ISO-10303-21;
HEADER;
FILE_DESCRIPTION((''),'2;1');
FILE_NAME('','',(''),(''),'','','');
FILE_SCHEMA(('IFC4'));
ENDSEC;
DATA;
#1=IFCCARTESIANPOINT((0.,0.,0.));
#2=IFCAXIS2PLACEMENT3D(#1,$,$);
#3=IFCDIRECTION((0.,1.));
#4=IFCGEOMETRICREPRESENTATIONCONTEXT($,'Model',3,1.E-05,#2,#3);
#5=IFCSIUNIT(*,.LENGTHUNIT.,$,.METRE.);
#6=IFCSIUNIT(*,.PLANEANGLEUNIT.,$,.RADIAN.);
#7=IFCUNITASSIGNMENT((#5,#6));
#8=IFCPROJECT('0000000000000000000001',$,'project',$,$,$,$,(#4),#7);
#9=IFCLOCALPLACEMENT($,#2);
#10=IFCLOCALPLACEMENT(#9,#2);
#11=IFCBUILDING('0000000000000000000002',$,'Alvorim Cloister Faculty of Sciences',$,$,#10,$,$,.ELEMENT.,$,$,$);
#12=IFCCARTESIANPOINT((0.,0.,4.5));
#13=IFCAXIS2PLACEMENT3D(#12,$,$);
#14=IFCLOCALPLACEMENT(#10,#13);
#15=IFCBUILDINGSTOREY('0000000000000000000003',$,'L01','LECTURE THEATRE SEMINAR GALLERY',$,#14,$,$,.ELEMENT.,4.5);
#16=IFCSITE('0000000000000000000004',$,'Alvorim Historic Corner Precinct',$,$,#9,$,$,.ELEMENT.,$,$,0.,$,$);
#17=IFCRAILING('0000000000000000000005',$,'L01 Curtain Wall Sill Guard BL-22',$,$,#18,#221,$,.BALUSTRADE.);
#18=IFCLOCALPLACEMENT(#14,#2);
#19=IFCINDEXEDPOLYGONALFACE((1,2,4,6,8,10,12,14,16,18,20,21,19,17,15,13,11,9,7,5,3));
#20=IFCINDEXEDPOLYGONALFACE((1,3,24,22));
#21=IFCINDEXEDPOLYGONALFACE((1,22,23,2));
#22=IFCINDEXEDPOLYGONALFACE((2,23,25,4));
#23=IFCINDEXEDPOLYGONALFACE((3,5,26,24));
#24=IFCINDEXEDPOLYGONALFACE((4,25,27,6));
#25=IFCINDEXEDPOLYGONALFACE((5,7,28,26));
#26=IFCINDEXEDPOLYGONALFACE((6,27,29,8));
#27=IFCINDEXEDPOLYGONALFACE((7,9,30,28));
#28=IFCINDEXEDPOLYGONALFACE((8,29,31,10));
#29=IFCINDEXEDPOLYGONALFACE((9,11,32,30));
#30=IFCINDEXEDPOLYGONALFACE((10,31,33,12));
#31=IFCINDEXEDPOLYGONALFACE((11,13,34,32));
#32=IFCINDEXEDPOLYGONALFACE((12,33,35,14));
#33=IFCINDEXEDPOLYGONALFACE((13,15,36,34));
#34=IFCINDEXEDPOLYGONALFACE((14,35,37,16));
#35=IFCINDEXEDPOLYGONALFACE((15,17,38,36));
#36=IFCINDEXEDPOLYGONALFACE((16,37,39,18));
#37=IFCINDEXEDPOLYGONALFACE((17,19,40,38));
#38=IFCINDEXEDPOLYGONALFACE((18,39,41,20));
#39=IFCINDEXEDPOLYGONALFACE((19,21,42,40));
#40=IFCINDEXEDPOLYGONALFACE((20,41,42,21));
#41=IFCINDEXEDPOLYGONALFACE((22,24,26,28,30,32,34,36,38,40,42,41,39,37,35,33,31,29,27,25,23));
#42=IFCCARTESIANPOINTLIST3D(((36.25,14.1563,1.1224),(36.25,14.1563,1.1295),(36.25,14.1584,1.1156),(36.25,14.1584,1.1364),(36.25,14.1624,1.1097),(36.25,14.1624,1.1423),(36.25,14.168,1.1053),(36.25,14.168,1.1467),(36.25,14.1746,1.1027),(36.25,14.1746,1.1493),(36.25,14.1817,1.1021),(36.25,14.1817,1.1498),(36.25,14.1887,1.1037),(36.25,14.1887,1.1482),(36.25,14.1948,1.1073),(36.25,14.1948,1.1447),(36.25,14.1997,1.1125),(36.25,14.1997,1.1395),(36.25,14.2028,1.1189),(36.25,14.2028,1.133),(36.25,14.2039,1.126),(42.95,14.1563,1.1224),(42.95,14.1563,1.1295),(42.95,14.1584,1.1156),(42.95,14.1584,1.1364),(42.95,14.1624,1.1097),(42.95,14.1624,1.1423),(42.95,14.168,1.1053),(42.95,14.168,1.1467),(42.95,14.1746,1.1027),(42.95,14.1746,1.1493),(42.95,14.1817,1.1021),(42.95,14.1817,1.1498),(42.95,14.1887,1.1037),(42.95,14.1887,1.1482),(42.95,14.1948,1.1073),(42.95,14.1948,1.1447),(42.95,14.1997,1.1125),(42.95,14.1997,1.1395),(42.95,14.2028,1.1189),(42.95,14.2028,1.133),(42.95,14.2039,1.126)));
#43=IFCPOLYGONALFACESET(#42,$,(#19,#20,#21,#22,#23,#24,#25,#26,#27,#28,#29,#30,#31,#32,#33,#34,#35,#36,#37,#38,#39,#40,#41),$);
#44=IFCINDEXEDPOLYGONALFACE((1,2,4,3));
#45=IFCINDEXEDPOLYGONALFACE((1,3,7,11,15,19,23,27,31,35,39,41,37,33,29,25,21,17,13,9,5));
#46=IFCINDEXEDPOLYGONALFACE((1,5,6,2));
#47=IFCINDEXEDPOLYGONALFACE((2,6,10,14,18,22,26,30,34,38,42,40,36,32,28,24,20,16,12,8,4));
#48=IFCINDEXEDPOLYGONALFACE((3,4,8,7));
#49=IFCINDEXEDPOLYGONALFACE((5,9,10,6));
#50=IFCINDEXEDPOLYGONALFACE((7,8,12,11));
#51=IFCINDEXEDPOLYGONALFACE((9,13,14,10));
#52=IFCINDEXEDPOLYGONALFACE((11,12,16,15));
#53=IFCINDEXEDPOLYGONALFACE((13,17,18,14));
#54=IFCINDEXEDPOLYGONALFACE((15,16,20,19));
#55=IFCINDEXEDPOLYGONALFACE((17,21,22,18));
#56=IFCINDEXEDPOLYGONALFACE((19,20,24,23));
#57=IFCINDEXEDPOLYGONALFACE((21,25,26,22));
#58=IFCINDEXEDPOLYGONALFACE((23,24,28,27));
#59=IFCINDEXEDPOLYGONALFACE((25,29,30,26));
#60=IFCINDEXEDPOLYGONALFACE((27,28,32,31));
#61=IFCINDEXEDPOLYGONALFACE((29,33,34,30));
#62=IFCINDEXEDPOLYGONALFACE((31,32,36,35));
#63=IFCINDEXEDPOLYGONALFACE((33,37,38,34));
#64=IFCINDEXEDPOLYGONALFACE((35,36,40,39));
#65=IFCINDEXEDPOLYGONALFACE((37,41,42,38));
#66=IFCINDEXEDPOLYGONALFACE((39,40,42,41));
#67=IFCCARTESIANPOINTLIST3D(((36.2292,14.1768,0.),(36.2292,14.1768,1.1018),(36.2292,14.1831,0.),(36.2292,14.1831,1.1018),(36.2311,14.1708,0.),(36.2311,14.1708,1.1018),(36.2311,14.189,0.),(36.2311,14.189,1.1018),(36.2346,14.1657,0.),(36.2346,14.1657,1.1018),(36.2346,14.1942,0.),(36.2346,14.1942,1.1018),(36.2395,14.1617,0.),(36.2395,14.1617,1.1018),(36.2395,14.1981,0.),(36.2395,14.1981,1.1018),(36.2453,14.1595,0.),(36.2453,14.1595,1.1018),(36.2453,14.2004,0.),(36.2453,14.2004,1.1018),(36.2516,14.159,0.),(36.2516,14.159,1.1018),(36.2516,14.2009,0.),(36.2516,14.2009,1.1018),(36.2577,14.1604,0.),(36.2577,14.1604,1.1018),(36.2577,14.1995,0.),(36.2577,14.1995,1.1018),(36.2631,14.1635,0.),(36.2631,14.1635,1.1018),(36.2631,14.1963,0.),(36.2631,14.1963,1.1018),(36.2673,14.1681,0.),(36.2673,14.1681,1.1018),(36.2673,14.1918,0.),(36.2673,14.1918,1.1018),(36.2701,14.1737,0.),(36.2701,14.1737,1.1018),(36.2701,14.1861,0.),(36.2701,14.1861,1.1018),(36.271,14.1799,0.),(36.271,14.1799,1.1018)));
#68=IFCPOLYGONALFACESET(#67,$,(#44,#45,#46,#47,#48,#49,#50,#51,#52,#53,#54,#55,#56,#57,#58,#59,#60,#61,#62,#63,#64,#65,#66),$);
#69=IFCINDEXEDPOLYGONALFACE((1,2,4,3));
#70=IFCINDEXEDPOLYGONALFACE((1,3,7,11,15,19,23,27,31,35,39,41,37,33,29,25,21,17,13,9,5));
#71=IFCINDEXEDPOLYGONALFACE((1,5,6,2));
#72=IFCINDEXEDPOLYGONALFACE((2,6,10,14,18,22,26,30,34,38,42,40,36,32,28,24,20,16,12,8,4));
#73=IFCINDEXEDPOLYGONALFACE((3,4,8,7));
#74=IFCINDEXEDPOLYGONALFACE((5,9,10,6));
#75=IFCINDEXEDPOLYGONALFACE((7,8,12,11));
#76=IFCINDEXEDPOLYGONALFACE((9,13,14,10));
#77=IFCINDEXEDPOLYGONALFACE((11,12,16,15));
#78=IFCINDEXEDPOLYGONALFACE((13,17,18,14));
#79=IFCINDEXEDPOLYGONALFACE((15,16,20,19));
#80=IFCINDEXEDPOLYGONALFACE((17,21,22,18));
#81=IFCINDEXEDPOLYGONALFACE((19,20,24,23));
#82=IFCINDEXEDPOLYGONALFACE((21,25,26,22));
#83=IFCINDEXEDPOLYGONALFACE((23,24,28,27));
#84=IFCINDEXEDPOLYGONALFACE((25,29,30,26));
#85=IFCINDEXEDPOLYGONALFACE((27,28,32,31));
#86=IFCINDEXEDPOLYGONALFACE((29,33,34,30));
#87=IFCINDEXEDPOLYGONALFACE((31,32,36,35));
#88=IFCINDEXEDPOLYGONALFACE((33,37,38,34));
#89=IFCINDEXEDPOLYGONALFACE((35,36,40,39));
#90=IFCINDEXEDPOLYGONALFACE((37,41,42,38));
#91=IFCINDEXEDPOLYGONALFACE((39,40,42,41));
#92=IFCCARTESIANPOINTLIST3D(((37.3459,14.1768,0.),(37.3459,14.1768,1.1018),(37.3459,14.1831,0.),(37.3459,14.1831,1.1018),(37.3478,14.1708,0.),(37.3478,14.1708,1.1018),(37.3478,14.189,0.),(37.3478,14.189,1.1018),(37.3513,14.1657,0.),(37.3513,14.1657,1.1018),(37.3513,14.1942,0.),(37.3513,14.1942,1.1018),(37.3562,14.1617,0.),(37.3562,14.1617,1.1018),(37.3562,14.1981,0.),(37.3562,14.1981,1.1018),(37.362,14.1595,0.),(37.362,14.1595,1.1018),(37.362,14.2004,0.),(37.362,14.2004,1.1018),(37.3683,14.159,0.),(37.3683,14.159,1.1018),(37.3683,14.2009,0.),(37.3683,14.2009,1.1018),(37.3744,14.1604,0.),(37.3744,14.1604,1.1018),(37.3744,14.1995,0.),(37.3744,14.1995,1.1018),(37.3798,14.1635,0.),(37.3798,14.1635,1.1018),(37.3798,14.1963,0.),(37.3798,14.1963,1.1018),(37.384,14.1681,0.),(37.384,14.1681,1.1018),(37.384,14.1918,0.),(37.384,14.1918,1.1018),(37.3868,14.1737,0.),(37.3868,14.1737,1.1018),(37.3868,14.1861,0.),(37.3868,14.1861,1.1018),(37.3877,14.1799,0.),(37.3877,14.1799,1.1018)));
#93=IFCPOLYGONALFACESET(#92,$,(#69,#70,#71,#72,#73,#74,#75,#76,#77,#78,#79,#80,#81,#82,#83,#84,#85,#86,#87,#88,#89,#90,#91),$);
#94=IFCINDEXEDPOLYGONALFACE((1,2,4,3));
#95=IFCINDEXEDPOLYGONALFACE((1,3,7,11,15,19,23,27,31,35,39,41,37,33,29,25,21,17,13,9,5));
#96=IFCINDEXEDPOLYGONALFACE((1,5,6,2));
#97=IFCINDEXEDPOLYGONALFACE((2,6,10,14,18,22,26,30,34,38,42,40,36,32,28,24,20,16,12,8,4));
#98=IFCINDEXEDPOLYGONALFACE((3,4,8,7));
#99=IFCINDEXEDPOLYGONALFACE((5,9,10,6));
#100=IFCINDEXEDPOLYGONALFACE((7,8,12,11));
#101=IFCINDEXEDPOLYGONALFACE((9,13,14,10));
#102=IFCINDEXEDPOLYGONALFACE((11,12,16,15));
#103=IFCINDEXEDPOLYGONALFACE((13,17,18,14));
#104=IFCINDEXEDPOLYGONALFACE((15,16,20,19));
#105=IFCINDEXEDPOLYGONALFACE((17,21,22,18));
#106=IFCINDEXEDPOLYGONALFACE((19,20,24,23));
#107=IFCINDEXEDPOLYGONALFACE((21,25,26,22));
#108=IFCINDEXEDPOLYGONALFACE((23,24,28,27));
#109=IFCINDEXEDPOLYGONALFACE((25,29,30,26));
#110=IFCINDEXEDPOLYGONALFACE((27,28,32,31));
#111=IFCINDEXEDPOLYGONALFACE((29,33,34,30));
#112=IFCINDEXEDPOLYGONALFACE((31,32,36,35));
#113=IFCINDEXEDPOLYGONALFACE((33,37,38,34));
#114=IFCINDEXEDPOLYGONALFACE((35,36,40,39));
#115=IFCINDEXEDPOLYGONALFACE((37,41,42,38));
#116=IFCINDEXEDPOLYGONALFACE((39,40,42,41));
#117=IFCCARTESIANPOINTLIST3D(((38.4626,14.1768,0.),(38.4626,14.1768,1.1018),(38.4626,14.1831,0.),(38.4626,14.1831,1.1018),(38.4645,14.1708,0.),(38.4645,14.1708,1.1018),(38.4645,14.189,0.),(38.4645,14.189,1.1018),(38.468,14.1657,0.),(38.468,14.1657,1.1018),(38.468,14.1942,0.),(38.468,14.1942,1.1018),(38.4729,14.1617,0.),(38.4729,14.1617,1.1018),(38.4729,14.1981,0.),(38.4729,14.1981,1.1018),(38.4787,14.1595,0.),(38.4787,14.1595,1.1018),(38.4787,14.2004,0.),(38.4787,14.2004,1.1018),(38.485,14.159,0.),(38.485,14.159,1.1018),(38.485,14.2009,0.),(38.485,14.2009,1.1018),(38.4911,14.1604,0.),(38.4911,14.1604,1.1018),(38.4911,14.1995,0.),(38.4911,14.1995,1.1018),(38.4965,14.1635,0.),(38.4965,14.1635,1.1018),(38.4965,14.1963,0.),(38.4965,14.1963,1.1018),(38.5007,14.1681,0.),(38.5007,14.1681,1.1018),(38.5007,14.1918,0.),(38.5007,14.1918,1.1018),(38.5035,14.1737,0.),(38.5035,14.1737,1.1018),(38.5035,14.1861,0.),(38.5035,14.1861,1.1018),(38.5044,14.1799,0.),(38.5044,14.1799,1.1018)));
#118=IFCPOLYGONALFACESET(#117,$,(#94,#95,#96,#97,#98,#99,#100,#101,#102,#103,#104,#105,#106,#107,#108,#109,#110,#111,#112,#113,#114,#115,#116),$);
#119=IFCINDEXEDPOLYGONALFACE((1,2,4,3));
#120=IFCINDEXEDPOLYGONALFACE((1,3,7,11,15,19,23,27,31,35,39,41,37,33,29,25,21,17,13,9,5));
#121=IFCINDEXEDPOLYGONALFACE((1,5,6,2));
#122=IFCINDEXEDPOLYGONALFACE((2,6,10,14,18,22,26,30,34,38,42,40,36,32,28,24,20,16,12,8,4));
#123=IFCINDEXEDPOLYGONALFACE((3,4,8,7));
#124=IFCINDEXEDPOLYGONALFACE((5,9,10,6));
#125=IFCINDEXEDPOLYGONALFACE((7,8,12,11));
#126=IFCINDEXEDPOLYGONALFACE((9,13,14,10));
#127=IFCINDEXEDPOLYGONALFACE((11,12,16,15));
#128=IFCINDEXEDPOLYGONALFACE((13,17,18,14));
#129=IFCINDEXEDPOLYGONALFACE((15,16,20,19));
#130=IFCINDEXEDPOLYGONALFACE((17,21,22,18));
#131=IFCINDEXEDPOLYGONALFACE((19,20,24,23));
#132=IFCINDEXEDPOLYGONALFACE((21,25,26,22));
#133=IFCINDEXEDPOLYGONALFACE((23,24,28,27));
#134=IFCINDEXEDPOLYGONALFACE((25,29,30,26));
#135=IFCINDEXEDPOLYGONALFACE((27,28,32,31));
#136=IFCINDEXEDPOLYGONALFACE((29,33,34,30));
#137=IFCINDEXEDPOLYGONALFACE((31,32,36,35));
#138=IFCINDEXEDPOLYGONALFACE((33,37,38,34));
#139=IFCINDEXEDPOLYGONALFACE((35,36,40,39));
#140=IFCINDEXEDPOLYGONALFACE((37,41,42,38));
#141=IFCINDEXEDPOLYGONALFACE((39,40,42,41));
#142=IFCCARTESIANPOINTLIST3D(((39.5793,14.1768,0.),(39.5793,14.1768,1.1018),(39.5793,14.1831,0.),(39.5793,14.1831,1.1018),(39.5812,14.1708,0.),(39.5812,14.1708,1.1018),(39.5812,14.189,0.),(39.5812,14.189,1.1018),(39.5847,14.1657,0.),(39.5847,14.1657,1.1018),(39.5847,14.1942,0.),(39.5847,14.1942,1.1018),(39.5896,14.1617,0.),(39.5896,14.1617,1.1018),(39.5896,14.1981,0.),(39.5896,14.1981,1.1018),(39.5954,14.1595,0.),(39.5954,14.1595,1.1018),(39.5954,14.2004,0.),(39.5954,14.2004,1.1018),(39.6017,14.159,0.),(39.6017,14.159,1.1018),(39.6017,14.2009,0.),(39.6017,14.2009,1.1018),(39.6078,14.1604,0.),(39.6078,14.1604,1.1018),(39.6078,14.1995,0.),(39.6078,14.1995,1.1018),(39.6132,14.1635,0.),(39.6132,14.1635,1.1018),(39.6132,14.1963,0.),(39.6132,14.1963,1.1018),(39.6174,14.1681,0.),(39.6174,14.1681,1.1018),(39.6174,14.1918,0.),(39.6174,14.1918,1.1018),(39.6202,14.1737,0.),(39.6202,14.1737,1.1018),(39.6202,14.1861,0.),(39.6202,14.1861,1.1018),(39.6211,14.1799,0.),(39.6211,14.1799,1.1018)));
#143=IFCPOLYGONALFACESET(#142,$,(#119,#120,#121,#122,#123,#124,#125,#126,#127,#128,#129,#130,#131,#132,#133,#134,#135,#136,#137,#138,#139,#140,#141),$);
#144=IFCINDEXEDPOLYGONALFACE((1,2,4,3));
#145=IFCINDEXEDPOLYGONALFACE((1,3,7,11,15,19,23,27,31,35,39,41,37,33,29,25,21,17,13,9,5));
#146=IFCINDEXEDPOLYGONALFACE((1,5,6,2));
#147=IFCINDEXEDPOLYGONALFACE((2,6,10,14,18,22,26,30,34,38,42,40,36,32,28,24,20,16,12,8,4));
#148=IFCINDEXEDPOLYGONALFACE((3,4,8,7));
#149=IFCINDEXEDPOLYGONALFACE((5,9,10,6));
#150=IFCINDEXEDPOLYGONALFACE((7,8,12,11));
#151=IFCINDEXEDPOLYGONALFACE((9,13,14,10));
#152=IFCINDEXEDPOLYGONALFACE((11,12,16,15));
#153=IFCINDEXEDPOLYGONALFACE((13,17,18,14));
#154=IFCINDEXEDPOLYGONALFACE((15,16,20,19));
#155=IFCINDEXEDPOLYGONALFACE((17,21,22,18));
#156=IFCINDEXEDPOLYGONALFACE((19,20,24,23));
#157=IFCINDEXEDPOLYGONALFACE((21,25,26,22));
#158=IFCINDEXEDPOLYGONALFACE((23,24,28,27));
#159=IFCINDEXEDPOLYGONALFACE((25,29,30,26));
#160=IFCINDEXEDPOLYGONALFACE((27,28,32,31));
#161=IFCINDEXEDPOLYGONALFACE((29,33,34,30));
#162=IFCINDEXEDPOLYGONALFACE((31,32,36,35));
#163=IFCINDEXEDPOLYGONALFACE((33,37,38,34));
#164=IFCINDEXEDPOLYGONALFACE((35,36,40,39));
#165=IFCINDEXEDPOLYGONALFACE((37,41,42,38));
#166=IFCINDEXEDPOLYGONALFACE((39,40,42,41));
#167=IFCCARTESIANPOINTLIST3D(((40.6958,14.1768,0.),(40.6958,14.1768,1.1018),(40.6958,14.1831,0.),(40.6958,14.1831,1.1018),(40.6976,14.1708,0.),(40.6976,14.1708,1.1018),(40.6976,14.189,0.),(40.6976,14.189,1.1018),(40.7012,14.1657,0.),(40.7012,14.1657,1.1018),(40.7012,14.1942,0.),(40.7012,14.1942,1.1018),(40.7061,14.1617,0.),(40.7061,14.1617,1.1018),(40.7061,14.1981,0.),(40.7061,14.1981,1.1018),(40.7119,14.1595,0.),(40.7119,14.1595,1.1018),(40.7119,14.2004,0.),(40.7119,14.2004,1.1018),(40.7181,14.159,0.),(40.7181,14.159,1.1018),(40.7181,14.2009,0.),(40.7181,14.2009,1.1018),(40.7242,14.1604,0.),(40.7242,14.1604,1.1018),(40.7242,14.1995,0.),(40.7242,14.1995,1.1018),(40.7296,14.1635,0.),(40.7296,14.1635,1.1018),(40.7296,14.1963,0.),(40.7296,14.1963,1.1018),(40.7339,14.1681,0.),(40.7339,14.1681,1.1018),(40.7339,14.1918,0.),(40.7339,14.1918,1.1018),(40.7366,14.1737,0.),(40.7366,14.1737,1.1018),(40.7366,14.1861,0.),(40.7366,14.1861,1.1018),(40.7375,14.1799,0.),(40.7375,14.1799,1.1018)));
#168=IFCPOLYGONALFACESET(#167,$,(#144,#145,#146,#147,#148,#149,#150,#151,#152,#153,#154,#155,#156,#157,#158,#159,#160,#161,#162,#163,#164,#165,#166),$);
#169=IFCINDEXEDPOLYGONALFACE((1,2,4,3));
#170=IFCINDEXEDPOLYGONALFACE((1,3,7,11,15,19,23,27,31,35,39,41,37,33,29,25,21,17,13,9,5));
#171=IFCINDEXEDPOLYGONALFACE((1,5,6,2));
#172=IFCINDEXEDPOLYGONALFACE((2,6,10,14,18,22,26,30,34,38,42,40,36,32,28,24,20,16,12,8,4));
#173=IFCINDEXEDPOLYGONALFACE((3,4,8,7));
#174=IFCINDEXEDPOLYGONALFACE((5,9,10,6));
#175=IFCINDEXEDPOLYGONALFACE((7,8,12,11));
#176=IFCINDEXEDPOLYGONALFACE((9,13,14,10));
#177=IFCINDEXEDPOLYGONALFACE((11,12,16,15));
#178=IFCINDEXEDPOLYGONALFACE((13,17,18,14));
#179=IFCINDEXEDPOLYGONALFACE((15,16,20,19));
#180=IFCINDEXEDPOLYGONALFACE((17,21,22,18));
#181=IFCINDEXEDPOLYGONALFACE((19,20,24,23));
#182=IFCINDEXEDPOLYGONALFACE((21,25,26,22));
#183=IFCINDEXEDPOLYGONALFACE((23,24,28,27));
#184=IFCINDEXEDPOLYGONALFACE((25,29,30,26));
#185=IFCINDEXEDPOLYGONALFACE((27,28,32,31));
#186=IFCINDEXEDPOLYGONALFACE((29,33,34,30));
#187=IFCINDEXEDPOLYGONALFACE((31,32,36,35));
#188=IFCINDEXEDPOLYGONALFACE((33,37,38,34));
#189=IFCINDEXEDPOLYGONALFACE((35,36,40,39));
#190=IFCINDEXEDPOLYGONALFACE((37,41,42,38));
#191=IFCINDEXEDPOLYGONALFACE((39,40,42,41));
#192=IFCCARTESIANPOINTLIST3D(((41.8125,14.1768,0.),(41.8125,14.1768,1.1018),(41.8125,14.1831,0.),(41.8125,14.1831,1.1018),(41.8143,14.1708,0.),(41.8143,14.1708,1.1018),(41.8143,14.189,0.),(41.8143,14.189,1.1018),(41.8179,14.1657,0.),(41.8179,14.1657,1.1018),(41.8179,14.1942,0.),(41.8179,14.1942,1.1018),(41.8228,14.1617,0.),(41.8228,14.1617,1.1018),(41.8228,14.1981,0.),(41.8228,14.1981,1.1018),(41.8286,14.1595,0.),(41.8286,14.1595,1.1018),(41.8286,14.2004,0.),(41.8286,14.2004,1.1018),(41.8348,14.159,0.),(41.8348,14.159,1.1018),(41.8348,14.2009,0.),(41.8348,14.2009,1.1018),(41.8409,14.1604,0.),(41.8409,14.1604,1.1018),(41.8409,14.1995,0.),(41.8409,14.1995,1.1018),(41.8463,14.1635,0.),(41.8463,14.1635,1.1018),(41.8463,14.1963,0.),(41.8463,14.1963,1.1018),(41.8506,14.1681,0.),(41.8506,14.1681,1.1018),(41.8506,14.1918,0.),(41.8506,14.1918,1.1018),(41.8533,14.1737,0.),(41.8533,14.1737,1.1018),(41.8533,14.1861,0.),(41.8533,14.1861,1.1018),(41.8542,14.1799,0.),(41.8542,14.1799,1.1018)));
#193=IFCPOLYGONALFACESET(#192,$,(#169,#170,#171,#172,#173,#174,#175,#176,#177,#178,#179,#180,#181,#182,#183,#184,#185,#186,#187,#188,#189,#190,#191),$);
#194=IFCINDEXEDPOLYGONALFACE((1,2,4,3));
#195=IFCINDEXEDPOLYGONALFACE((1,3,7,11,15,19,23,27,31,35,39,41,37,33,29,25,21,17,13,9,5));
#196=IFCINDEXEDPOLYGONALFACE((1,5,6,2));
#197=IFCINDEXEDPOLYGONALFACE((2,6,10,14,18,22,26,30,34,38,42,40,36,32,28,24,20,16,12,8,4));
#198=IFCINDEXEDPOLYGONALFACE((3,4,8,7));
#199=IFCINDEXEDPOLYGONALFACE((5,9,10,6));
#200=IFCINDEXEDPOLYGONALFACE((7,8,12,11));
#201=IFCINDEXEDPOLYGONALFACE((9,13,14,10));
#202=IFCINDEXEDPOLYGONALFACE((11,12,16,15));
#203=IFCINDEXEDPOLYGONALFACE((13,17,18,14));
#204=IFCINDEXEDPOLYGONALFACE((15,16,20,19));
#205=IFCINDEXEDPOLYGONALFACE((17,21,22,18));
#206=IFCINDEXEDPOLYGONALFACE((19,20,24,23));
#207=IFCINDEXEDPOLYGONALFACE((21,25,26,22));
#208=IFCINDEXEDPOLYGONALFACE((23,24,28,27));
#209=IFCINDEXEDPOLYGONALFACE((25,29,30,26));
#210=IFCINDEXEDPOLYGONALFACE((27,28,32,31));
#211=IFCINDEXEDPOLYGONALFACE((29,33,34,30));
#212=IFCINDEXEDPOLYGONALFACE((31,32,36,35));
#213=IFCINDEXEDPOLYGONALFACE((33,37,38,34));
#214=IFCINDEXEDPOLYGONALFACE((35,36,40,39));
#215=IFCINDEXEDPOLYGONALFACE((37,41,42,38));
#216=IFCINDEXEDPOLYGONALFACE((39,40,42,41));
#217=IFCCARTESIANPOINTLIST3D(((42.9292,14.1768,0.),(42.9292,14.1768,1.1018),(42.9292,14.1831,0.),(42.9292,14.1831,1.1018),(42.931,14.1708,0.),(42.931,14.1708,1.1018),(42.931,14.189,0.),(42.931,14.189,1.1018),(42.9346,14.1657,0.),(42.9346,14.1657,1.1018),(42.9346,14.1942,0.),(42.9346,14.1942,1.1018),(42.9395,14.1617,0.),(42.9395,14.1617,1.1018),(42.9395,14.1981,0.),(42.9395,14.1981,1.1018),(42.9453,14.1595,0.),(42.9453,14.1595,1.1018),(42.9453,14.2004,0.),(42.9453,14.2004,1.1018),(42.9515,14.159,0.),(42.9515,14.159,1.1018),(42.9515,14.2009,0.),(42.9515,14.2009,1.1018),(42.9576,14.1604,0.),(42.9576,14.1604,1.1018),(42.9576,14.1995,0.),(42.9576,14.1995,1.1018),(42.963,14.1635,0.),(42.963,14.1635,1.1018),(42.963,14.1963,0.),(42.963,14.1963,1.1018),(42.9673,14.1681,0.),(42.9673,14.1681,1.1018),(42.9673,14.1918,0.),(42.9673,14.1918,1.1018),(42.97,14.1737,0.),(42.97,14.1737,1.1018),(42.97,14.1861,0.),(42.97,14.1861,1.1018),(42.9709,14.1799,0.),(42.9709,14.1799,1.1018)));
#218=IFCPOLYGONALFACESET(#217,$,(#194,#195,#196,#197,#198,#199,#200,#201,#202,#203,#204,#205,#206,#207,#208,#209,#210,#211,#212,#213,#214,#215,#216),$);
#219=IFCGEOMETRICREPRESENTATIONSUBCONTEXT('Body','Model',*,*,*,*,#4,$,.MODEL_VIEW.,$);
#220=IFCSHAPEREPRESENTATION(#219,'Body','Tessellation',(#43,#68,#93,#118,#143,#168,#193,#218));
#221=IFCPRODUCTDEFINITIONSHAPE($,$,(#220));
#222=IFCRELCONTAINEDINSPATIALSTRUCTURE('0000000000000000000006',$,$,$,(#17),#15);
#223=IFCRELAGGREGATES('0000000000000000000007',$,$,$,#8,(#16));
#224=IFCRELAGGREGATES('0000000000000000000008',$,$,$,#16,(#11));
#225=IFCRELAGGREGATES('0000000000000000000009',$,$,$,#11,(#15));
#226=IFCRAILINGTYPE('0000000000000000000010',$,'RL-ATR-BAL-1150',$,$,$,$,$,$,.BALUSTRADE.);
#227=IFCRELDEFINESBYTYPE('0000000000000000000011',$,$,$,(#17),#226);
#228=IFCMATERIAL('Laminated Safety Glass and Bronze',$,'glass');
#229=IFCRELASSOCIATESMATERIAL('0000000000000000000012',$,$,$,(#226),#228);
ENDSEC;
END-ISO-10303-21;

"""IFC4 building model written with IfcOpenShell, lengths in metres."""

from ifc_helpers import new_model, si_unit, direction, frame, origin, origin_2d, place, context, subcontext, project, spatial, circle, extrude, material, type_object, element, save


model = new_model("IFC4")

# Units and contexts
model_context = context("Model", 3, precision=1e-05, world=origin(), true_north=direction((0.0, 1.0)))
body_context = subcontext(model_context, "Body", "Model", "MODEL_VIEW")
ifc_project = project(units=[si_unit("LENGTHUNIT", "METRE"), si_unit("PLANEANGLEUNIT", "RADIAN")], contexts=[model_context])

# Site, building, storey
site_placement = place(None, origin())
site = spatial("IfcSite", under=ifc_project, at=site_placement, Name="Alvorim Historic Corner Precinct", CompositionType="ELEMENT", RefElevation=0.0)
building_placement = place(site_placement, origin())
building = spatial("IfcBuilding", under=site, at=building_placement, Name="Alvorim Cloister Faculty of Sciences", CompositionType="ELEMENT")
storey_placement = place(building_placement, frame((0.0, 0.0, 4.5)))
storey = spatial("IfcBuildingStorey", under=building, at=storey_placement, Name="L01", Description="LECTURE THEATRE SEMINAR GALLERY", CompositionType="ELEMENT", Elevation=4.5)

# Railing
ifc_material_1 = material(Name="Laminated Safety Glass and Bronze", Category="glass")
railing_type = type_object("IfcRailingType", Name="RL-ATR-BAL-1150", PredefinedType="BALUSTRADE", material=ifc_material_1)
railing_placement = place(storey_placement, frame((36.25, 14.1799, 0.0)))
element("IfcRailing", 1, at=railing_placement, inside=storey, type_object=railing_type, Name="L01 Curtain Wall Sill Guard BL-22", PredefinedType="BALUSTRADE", context=body_context, shape_type="SweptSolid", body=[
    extrude(circle(Radius=0.0239, at=origin_2d()), frame((0.0, 0.0, 1.126), z_axis=(1.0, 0.0, 0.0), x_axis=(0.0, 1.0, 0.0)), (0.0, 0.0, 1.0), 6.7),
    extrude(circle(Radius=0.021, at=origin_2d()), origin(), (0.0, 0.0, 1.0), 1.1018),
    extrude(circle(Radius=0.021, at=origin_2d()), frame((1.1167, 0.0, 0.0)), (0.0, 0.0, 1.0), 1.1018),
    extrude(circle(Radius=0.021, at=origin_2d()), frame((2.2334, 0.0, 0.0)), (0.0, 0.0, 1.0), 1.1018),
    extrude(circle(Radius=0.021, at=origin_2d()), frame((3.3501, 0.0, 0.0)), (0.0, 0.0, 1.0), 1.1018),
    extrude(circle(Radius=0.021, at=origin_2d()), frame((4.4666, 0.0, 0.0)), (0.0, 0.0, 1.0), 1.1018),
    extrude(circle(Radius=0.021, at=origin_2d()), frame((5.5833, 0.0, 0.0)), (0.0, 0.0, 1.0), 1.1018),
    extrude(circle(Radius=0.021, at=origin_2d()), frame((6.7, 0.0, 0.0)), (0.0, 0.0, 1.0), 1.1018),
])

save(model, "model.ifc")
